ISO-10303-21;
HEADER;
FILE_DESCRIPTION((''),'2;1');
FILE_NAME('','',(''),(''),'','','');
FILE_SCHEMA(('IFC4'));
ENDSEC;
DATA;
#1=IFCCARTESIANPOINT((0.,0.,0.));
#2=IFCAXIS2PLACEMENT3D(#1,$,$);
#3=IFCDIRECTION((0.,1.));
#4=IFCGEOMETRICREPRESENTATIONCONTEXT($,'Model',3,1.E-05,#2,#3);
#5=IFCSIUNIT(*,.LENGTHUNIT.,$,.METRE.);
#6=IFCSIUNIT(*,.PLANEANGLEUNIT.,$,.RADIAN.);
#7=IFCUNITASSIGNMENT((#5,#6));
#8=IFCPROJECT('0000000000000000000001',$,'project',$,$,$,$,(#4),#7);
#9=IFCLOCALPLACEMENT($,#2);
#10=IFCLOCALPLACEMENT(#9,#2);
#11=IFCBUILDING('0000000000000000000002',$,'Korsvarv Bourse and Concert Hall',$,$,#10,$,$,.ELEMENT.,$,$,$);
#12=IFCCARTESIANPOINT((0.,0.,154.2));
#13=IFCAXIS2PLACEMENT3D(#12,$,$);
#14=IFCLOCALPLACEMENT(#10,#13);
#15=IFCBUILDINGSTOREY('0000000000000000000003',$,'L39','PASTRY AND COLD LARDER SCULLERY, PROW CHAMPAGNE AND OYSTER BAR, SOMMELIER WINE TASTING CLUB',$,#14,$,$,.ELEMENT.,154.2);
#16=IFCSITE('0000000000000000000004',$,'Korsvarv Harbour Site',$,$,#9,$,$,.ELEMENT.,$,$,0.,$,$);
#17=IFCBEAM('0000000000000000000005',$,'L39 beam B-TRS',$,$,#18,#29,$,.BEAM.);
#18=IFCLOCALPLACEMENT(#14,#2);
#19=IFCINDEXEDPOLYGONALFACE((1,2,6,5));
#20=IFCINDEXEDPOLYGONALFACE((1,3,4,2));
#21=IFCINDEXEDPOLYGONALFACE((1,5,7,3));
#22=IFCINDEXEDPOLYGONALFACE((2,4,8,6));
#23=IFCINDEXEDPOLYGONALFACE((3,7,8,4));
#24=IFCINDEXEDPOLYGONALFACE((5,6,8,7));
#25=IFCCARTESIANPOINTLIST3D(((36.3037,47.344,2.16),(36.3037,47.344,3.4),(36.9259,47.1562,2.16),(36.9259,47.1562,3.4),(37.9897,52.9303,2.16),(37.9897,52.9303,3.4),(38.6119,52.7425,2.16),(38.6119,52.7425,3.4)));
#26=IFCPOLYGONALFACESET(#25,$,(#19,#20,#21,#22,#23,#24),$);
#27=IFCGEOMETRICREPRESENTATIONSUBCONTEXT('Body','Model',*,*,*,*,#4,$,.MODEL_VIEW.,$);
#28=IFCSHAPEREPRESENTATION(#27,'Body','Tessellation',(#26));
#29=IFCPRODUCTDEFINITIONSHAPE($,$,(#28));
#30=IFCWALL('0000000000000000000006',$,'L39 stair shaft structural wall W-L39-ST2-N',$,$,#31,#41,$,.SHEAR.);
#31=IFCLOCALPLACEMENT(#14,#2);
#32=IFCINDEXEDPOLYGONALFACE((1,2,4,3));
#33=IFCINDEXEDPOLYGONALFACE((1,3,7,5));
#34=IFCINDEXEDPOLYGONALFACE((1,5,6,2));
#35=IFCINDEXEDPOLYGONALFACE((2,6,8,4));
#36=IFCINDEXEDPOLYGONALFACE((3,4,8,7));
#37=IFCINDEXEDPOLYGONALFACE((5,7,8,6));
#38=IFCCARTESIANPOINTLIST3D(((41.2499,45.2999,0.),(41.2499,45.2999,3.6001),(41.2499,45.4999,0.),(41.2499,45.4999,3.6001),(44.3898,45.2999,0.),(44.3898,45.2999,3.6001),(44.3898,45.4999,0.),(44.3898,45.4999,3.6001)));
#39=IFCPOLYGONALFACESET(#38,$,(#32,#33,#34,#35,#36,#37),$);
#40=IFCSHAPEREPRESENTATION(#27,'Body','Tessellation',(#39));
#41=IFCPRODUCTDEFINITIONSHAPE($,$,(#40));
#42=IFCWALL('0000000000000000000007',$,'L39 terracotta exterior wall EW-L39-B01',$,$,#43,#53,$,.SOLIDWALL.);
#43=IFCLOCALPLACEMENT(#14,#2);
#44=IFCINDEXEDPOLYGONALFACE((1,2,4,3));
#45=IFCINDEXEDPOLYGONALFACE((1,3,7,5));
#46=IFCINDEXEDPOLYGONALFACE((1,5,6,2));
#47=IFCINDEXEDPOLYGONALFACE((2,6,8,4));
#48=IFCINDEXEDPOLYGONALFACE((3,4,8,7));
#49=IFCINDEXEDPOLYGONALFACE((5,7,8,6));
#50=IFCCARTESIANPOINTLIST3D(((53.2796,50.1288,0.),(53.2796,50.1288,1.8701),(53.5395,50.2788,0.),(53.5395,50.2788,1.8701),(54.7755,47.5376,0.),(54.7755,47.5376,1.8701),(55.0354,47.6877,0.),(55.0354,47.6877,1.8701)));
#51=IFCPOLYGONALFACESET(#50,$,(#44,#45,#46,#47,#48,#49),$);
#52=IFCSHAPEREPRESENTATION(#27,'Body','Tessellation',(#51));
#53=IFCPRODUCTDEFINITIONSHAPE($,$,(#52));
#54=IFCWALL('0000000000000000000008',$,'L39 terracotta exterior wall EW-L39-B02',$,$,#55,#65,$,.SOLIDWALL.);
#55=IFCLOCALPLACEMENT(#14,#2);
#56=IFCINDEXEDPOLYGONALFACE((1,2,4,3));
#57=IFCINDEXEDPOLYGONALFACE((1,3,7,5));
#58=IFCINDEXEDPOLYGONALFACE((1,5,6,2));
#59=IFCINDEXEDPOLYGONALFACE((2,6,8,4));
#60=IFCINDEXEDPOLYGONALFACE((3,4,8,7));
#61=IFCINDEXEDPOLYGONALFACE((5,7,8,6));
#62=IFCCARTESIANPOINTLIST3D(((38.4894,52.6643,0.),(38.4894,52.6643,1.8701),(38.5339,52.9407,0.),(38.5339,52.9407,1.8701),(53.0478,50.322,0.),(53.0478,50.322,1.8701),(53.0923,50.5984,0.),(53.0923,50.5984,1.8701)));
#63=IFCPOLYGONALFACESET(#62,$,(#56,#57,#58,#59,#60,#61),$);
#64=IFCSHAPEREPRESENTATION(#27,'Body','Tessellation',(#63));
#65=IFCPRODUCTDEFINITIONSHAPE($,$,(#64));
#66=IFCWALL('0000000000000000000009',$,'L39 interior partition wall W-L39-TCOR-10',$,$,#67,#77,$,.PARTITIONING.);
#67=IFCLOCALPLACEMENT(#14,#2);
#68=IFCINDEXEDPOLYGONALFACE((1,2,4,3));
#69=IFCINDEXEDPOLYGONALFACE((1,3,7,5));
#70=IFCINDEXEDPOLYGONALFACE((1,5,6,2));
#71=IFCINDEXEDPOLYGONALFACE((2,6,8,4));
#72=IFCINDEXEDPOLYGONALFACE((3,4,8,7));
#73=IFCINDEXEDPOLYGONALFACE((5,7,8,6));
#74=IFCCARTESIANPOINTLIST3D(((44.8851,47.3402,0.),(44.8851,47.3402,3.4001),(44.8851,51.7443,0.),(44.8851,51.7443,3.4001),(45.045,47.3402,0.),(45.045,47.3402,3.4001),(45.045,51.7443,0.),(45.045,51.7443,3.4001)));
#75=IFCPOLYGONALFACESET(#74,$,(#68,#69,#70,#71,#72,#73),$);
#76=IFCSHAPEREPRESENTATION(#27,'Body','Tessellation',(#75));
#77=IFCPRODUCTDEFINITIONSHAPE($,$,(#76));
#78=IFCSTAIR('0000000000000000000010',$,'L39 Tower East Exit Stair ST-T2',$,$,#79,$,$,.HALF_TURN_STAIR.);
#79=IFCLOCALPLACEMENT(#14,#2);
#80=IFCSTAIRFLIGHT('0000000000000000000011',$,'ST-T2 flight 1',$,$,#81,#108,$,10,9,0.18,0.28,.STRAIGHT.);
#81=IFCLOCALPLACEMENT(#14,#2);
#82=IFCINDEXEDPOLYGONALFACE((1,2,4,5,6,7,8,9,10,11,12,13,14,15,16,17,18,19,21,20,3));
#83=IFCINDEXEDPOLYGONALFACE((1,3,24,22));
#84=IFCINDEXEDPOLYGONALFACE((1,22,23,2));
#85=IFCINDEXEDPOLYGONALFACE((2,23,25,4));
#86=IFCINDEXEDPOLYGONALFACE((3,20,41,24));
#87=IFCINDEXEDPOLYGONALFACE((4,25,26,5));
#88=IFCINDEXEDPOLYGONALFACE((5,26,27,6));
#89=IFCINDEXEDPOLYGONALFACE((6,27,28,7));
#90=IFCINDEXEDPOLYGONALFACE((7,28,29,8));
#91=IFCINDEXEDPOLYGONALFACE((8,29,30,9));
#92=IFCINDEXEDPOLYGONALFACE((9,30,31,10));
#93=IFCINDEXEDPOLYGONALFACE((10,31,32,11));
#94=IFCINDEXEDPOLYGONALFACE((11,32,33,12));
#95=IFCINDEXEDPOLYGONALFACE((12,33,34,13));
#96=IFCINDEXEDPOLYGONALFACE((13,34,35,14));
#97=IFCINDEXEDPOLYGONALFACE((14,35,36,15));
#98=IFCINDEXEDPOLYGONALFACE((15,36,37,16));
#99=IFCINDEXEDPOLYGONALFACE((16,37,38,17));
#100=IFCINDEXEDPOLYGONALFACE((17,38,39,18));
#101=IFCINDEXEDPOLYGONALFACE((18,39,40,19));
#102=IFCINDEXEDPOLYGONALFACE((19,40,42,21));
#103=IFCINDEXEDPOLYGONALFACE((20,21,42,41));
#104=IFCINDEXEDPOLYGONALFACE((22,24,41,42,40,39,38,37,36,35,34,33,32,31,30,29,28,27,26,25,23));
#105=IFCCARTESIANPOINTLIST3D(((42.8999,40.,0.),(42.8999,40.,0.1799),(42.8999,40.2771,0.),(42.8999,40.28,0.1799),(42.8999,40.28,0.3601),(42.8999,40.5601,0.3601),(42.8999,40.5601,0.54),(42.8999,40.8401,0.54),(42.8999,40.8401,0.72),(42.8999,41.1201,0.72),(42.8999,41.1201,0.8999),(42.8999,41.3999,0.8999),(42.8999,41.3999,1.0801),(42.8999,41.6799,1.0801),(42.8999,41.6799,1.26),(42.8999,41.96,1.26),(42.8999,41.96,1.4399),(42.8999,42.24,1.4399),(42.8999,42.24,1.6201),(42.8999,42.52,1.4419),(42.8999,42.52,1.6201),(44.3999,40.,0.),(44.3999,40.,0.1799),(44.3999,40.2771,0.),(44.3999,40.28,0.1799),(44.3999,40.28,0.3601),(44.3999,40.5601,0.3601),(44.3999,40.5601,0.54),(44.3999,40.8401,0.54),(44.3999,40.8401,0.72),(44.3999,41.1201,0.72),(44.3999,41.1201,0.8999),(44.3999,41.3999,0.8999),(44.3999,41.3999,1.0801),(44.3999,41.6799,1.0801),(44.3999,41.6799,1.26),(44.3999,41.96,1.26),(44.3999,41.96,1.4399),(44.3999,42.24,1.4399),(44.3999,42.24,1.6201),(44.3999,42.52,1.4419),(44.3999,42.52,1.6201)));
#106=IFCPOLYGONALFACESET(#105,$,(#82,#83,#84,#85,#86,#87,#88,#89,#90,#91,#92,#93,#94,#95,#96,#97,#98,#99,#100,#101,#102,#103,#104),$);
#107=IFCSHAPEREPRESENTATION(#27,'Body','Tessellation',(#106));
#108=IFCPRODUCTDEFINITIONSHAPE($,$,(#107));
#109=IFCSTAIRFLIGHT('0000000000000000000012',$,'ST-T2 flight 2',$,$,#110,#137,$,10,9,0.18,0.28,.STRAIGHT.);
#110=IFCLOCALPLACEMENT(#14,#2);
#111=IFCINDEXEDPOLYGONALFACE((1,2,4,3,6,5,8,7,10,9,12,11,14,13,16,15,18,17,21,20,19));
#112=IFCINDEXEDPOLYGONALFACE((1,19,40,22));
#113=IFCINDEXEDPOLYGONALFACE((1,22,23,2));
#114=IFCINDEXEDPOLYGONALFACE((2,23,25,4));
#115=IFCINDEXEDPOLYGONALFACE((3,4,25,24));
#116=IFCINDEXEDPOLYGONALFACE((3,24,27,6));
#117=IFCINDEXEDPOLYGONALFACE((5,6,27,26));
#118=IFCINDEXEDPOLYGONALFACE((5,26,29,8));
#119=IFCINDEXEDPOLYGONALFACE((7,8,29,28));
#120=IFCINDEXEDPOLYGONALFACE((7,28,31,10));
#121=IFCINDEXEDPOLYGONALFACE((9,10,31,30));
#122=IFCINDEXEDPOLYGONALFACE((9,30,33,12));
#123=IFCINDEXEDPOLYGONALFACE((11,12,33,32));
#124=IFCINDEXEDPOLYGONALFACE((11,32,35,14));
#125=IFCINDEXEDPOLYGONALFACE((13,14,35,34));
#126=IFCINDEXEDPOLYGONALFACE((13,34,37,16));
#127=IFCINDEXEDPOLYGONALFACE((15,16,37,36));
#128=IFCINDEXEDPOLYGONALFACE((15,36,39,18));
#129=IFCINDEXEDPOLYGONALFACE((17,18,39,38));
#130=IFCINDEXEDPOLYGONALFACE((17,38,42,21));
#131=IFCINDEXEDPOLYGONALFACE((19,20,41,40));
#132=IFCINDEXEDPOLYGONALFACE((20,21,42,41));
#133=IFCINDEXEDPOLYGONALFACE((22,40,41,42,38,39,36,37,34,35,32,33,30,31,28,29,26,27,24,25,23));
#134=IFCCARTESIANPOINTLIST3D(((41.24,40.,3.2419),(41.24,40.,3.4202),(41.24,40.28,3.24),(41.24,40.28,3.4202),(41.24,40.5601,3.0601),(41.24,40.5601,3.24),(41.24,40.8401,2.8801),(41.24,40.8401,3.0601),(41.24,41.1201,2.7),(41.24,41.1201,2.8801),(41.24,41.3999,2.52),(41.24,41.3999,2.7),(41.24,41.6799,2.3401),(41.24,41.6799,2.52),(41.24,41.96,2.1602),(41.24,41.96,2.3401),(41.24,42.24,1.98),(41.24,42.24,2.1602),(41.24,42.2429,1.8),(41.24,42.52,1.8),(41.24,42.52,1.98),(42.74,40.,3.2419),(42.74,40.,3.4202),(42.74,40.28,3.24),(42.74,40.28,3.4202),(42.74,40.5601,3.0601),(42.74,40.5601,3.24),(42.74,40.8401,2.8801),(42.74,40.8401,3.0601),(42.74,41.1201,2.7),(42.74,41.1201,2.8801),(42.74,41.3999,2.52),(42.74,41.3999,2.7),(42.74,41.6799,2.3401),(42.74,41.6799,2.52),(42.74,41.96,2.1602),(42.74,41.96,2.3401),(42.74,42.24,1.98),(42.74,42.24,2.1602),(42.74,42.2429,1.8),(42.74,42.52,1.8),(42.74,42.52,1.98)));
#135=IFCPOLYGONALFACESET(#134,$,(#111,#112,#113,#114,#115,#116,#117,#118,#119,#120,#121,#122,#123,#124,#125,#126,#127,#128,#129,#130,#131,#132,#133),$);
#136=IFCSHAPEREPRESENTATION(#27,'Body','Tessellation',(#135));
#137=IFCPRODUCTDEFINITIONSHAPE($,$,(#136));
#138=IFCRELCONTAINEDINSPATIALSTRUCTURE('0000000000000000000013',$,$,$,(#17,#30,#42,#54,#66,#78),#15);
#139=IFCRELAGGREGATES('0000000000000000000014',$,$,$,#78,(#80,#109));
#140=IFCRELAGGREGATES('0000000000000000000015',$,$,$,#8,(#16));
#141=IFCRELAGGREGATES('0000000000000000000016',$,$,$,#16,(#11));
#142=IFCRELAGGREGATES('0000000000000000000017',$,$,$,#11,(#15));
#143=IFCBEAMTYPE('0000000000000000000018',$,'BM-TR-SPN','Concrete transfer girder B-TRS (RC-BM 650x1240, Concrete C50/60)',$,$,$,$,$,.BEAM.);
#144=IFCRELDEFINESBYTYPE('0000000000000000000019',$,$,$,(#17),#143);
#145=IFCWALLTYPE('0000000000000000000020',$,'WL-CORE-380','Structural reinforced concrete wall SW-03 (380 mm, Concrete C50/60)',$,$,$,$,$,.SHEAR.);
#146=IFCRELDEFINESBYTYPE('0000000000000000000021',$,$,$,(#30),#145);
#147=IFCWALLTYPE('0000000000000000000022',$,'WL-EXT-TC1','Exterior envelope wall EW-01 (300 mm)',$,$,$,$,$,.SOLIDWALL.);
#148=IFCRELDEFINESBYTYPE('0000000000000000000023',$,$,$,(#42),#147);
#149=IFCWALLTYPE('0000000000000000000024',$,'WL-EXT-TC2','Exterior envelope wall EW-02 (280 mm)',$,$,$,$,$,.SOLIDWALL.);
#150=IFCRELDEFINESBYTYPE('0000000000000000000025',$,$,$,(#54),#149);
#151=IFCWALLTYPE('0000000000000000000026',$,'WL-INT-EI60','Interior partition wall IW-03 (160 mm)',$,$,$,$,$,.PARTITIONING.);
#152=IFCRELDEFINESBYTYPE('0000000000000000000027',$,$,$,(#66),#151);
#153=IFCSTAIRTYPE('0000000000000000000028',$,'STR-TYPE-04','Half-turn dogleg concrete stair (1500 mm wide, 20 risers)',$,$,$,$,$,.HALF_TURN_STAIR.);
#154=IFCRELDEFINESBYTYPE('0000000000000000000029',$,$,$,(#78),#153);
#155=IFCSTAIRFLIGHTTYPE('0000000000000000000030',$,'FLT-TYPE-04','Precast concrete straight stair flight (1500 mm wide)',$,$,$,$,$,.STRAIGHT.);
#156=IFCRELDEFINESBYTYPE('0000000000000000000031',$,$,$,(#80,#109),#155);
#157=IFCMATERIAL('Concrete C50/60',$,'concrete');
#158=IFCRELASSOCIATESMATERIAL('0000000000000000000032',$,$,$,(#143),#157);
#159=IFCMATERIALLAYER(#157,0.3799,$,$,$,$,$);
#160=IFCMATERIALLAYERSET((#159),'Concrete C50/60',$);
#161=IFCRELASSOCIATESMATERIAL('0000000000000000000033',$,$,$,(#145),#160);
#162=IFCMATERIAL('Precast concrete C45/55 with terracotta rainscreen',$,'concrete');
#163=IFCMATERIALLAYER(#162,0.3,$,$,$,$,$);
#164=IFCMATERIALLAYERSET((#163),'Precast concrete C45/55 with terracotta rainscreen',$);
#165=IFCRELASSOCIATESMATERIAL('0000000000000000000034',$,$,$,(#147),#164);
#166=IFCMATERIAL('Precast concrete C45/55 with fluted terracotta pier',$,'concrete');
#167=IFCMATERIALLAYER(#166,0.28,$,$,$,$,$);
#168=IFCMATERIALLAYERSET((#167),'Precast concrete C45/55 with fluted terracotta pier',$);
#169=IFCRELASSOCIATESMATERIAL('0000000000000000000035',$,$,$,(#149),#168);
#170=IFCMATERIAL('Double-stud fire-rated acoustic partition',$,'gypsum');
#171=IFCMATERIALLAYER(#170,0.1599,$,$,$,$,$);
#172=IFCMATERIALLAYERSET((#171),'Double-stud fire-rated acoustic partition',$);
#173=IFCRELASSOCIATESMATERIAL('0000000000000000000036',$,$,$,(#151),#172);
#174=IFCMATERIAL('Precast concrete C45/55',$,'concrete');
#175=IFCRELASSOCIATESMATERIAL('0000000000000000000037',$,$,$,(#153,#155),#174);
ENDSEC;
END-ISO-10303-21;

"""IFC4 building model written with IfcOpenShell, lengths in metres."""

from ifc_helpers import new_model, si_unit, direction, frame, frame_2d, origin, origin_2d, place, context, subcontext, project, spatial, polyline, rectangle, outline, extrude, source, transform, mapped, material, layer, layer_set, material_profile, profile_set, type_object, element, aggregate, save


model = new_model("IFC4")

# Units and contexts
model_context = context("Model", 3, precision=1e-05, world=origin(), true_north=direction((0.0, 1.0)))
body_context = subcontext(model_context, "Body", "Model", "MODEL_VIEW")
ifc_project = project(units=[si_unit("LENGTHUNIT", "METRE"), si_unit("PLANEANGLEUNIT", "RADIAN")], contexts=[model_context])

# Site, building, storey
site_placement = place(None, origin())
site = spatial("IfcSite", under=ifc_project, at=site_placement, Name="Korsvarv Harbour Site", CompositionType="ELEMENT", RefElevation=0.0)
building_placement = place(site_placement, origin())
building = spatial("IfcBuilding", under=site, at=building_placement, Name="Korsvarv Bourse and Concert Hall", CompositionType="ELEMENT")
storey_placement = place(building_placement, frame((0.0, 0.0, 154.2)))
storey = spatial("IfcBuildingStorey", under=building, at=storey_placement, Name="L39", Description="PASTRY AND COLD LARDER SCULLERY, PROW CHAMPAGNE AND OYSTER BAR, SOMMELIER WINE TASTING CLUB", CompositionType="ELEMENT", Elevation=154.2)

# Beam
ifc_material_1 = material(Name="Concrete C50/60", Category="concrete")
ifc_material_profile_1 = material_profile(ifc_material_1, rectangle(XDim=0.6499, YDim=1.24, at=origin_2d()), Name="RC-BM 650x1240")
ifc_profile_set_1 = profile_set([ifc_material_profile_1], Name="Concrete C50/60")
beam_type_1 = type_object("IfcBeamType", Name="BM-TR-SPN", Description="Concrete transfer girder B-TRS (RC-BM 650x1240, Concrete C50/60)", PredefinedType="BEAM", material=ifc_profile_set_1)
shared_shape_1 = source(origin(), body_context, "Body", "SweptSolid", [
    extrude(rectangle(XDim=0.6499, YDim=1.24, at=origin_2d()), origin(), (0.0, 0.0, 1.0), 5.8352),
])
beam_1_placement = place(storey_placement, frame((38.3008, 52.8364, 2.78), z_axis=(-0.288937, -0.957348, 0.0), x_axis=(0.957348, -0.288937, 0.0)))
element("IfcBeam", 1, at=beam_1_placement, inside=storey, type_object=beam_type_1, Name="L39 beam B-TRS", PredefinedType="BEAM", context=body_context, shape_type="MappedRepresentation", body=[
    mapped(shared_shape_1, transform((0.0, 0.0, 0.0), scale=1.0)),
])

# Walls
ifc_layer_1 = layer(ifc_material_1, 0.3799)
ifc_layer_set_1 = layer_set([ifc_layer_1], Name="Concrete C50/60")
wall_type_1 = type_object("IfcWallType", Name="WL-CORE-380", Description="Structural reinforced concrete wall SW-03 (380 mm, Concrete C50/60)", PredefinedType="SHEAR", material=ifc_layer_set_1)
wall_1_placement = place(storey_placement, frame((41.25, 45.3999, 0.0), z_axis=(0.0, 0.0, 1.0), x_axis=(1.0, 0.0, 0.0)))
element("IfcWall", 2, at=wall_1_placement, inside=storey, type_object=wall_type_1, Name="L39 stair shaft structural wall W-L39-ST2-N", PredefinedType="SHEAR", context=body_context, shape_type="SweptSolid", body=[
    extrude(rectangle(XDim=3.1399, YDim=0.2, at=frame_2d((1.5698, 0.0))), origin(), (0.0, 0.0, 1.0), 3.6001),
])
ifc_material_2 = material(Name="Precast concrete C45/55 with terracotta rainscreen", Category="concrete")
ifc_layer_2 = layer(ifc_material_2, 0.3)
ifc_layer_set_2 = layer_set([ifc_layer_2], Name="Precast concrete C45/55 with terracotta rainscreen")
wall_type_2 = type_object("IfcWallType", Name="WL-EXT-TC1", Description="Exterior envelope wall EW-01 (300 mm)", PredefinedType="SOLIDWALL", material=ifc_layer_set_2)
wall_2_placement = place(storey_placement, frame((54.9055, 47.6125, 0.0), z_axis=(0.0, 0.0, 1.0), x_axis=(-0.499974, 0.86604, 0.0)))
element("IfcWall", 3, at=wall_2_placement, inside=storey, type_object=wall_type_2, Name="L39 terracotta exterior wall EW-L39-B01", PredefinedType="SOLIDWALL", context=body_context, shape_type="SweptSolid", body=[
    extrude(rectangle(XDim=2.9919, YDim=0.3, at=frame_2d((1.4961, 0.0))), origin(), (0.0, 0.0, 1.0), 1.8701),
])
ifc_material_3 = material(Name="Precast concrete C45/55 with fluted terracotta pier", Category="concrete")
ifc_layer_3 = layer(ifc_material_3, 0.28)
ifc_layer_set_3 = layer_set([ifc_layer_3], Name="Precast concrete C45/55 with fluted terracotta pier")
wall_type_3 = type_object("IfcWallType", Name="WL-EXT-TC2", Description="Exterior envelope wall EW-02 (280 mm)", PredefinedType="SOLIDWALL", material=ifc_layer_set_3)
wall_3_placement = place(storey_placement, frame((53.0701, 50.4602, 0.0), z_axis=(0.0, 0.0, 1.0), x_axis=(-0.987303, 0.158847, 0.0)))
element("IfcWall", 4, at=wall_3_placement, inside=storey, type_object=wall_type_3, Name="L39 terracotta exterior wall EW-L39-B02", PredefinedType="SOLIDWALL", context=body_context, shape_type="SweptSolid", body=[
    extrude(rectangle(XDim=14.7456, YDim=0.28, at=frame_2d((7.3728, 0.0))), origin(), (0.0, 0.0, 1.0), 1.8701),
])
ifc_material_4 = material(Name="Double-stud fire-rated acoustic partition", Category="gypsum")
ifc_layer_4 = layer(ifc_material_4, 0.1599)
ifc_layer_set_4 = layer_set([ifc_layer_4], Name="Double-stud fire-rated acoustic partition")
wall_type_4 = type_object("IfcWallType", Name="WL-INT-EI60", Description="Interior partition wall IW-03 (160 mm)", PredefinedType="PARTITIONING", material=ifc_layer_set_4)
wall_4_placement = place(storey_placement, frame((44.9651, 47.3401, 0.0), z_axis=(0.0, 0.0, 1.0), x_axis=(0.0, 1.0, 0.0)))
element("IfcWall", 5, at=wall_4_placement, inside=storey, type_object=wall_type_4, Name="L39 interior partition wall W-L39-TCOR-10", PredefinedType="PARTITIONING", context=body_context, shape_type="SweptSolid", body=[
    extrude(rectangle(XDim=4.4041, YDim=0.1599, at=frame_2d((2.2021, 0.0))), origin(), (0.0, 0.0, 1.0), 3.4001),
])

# Stair, stair flights
ifc_material_5 = material(Name="Precast concrete C45/55", Category="concrete")
stair_type = type_object("IfcStairType", Name="STR-TYPE-04", Description="Half-turn dogleg concrete stair (1500 mm wide, 20 risers)", PredefinedType="HALF_TURN_STAIR", material=ifc_material_5)
stair_placement = place(storey_placement, origin())
stair = element("IfcStair", 6, at=stair_placement, inside=storey, type_object=stair_type, Name="L39 Tower East Exit Stair ST-T2", PredefinedType="HALF_TURN_STAIR")
stair_flight_type = type_object("IfcStairFlightType", Name="FLT-TYPE-04", Description="Precast concrete straight stair flight (1500 mm wide)", PredefinedType="STRAIGHT", material=ifc_material_5)
stair_flight_1_placement = place(storey_placement, frame((43.6499, 40.0, 0.0), z_axis=(0.0, 0.0, 1.0), x_axis=(0.0, 1.0, 0.0)))
stair_flight_1 = element("IfcStairFlight", 7, at=stair_flight_1_placement, type_object=stair_flight_type, Name="ST-T2 flight 1", NumberOfRisers=10, NumberOfTreads=9, PredefinedType="STRAIGHT", RiserHeight=0.18, TreadLength=0.28, context=body_context, shape_type="SweptSolid", body=[
    extrude(outline(polyline([(0.0, 0.0), (0.0, 0.1799), (0.28, 0.1799), (0.28, 0.3601), (0.5601, 0.3601), (0.5601, 0.54), (0.8401, 0.54), (0.8401, 0.72), (1.1201, 0.72), (1.1201, 0.8999), (1.3999, 0.8999), (1.3999, 1.0801), (1.6799, 1.0801), (1.6799, 1.26), (1.96, 1.26), (1.96, 1.4399), (2.24, 1.4399), (2.24, 1.6201), (2.52, 1.6201), (2.52, 1.8), (2.52, 1.4419), (0.2771, 0.0), (0.0, 0.0)])), frame((0.0, 0.75, 0.0), z_axis=(0.0, -1.0, 0.0), x_axis=(1.0, 0.0, 0.0)), (0.0, 0.0, 1.0), 1.5),
])
stair_flight_2_placement = place(storey_placement, frame((41.99, 42.52, 1.8), z_axis=(0.0, 0.0, 1.0), x_axis=(0.0, -1.0, 0.0)))
stair_flight_2 = element("IfcStairFlight", 8, at=stair_flight_2_placement, type_object=stair_flight_type, Name="ST-T2 flight 2", NumberOfRisers=10, NumberOfTreads=9, PredefinedType="STRAIGHT", RiserHeight=0.18, TreadLength=0.28, context=body_context, shape_type="SweptSolid", body=[
    extrude(outline(polyline([(0.0, 0.0), (0.0, 0.1799), (0.28, 0.1799), (0.28, 0.3601), (0.5601, 0.3601), (0.5601, 0.54), (0.8401, 0.54), (0.8401, 0.72), (1.1201, 0.72), (1.1201, 0.8999), (1.3999, 0.8999), (1.3999, 1.0801), (1.6799, 1.0801), (1.6799, 1.26), (1.96, 1.26), (1.96, 1.4399), (2.24, 1.4399), (2.24, 1.6201), (2.52, 1.6201), (2.52, 1.8), (2.52, 1.4419), (0.2771, 0.0), (0.0, 0.0)])), frame((0.0, 0.75, 0.0), z_axis=(0.0, -1.0, 0.0), x_axis=(1.0, 0.0, 0.0)), (0.0, 0.0, 1.0), 1.5),
])
aggregate(stair, [stair_flight_1, stair_flight_2])

save(model, "model.ifc")
